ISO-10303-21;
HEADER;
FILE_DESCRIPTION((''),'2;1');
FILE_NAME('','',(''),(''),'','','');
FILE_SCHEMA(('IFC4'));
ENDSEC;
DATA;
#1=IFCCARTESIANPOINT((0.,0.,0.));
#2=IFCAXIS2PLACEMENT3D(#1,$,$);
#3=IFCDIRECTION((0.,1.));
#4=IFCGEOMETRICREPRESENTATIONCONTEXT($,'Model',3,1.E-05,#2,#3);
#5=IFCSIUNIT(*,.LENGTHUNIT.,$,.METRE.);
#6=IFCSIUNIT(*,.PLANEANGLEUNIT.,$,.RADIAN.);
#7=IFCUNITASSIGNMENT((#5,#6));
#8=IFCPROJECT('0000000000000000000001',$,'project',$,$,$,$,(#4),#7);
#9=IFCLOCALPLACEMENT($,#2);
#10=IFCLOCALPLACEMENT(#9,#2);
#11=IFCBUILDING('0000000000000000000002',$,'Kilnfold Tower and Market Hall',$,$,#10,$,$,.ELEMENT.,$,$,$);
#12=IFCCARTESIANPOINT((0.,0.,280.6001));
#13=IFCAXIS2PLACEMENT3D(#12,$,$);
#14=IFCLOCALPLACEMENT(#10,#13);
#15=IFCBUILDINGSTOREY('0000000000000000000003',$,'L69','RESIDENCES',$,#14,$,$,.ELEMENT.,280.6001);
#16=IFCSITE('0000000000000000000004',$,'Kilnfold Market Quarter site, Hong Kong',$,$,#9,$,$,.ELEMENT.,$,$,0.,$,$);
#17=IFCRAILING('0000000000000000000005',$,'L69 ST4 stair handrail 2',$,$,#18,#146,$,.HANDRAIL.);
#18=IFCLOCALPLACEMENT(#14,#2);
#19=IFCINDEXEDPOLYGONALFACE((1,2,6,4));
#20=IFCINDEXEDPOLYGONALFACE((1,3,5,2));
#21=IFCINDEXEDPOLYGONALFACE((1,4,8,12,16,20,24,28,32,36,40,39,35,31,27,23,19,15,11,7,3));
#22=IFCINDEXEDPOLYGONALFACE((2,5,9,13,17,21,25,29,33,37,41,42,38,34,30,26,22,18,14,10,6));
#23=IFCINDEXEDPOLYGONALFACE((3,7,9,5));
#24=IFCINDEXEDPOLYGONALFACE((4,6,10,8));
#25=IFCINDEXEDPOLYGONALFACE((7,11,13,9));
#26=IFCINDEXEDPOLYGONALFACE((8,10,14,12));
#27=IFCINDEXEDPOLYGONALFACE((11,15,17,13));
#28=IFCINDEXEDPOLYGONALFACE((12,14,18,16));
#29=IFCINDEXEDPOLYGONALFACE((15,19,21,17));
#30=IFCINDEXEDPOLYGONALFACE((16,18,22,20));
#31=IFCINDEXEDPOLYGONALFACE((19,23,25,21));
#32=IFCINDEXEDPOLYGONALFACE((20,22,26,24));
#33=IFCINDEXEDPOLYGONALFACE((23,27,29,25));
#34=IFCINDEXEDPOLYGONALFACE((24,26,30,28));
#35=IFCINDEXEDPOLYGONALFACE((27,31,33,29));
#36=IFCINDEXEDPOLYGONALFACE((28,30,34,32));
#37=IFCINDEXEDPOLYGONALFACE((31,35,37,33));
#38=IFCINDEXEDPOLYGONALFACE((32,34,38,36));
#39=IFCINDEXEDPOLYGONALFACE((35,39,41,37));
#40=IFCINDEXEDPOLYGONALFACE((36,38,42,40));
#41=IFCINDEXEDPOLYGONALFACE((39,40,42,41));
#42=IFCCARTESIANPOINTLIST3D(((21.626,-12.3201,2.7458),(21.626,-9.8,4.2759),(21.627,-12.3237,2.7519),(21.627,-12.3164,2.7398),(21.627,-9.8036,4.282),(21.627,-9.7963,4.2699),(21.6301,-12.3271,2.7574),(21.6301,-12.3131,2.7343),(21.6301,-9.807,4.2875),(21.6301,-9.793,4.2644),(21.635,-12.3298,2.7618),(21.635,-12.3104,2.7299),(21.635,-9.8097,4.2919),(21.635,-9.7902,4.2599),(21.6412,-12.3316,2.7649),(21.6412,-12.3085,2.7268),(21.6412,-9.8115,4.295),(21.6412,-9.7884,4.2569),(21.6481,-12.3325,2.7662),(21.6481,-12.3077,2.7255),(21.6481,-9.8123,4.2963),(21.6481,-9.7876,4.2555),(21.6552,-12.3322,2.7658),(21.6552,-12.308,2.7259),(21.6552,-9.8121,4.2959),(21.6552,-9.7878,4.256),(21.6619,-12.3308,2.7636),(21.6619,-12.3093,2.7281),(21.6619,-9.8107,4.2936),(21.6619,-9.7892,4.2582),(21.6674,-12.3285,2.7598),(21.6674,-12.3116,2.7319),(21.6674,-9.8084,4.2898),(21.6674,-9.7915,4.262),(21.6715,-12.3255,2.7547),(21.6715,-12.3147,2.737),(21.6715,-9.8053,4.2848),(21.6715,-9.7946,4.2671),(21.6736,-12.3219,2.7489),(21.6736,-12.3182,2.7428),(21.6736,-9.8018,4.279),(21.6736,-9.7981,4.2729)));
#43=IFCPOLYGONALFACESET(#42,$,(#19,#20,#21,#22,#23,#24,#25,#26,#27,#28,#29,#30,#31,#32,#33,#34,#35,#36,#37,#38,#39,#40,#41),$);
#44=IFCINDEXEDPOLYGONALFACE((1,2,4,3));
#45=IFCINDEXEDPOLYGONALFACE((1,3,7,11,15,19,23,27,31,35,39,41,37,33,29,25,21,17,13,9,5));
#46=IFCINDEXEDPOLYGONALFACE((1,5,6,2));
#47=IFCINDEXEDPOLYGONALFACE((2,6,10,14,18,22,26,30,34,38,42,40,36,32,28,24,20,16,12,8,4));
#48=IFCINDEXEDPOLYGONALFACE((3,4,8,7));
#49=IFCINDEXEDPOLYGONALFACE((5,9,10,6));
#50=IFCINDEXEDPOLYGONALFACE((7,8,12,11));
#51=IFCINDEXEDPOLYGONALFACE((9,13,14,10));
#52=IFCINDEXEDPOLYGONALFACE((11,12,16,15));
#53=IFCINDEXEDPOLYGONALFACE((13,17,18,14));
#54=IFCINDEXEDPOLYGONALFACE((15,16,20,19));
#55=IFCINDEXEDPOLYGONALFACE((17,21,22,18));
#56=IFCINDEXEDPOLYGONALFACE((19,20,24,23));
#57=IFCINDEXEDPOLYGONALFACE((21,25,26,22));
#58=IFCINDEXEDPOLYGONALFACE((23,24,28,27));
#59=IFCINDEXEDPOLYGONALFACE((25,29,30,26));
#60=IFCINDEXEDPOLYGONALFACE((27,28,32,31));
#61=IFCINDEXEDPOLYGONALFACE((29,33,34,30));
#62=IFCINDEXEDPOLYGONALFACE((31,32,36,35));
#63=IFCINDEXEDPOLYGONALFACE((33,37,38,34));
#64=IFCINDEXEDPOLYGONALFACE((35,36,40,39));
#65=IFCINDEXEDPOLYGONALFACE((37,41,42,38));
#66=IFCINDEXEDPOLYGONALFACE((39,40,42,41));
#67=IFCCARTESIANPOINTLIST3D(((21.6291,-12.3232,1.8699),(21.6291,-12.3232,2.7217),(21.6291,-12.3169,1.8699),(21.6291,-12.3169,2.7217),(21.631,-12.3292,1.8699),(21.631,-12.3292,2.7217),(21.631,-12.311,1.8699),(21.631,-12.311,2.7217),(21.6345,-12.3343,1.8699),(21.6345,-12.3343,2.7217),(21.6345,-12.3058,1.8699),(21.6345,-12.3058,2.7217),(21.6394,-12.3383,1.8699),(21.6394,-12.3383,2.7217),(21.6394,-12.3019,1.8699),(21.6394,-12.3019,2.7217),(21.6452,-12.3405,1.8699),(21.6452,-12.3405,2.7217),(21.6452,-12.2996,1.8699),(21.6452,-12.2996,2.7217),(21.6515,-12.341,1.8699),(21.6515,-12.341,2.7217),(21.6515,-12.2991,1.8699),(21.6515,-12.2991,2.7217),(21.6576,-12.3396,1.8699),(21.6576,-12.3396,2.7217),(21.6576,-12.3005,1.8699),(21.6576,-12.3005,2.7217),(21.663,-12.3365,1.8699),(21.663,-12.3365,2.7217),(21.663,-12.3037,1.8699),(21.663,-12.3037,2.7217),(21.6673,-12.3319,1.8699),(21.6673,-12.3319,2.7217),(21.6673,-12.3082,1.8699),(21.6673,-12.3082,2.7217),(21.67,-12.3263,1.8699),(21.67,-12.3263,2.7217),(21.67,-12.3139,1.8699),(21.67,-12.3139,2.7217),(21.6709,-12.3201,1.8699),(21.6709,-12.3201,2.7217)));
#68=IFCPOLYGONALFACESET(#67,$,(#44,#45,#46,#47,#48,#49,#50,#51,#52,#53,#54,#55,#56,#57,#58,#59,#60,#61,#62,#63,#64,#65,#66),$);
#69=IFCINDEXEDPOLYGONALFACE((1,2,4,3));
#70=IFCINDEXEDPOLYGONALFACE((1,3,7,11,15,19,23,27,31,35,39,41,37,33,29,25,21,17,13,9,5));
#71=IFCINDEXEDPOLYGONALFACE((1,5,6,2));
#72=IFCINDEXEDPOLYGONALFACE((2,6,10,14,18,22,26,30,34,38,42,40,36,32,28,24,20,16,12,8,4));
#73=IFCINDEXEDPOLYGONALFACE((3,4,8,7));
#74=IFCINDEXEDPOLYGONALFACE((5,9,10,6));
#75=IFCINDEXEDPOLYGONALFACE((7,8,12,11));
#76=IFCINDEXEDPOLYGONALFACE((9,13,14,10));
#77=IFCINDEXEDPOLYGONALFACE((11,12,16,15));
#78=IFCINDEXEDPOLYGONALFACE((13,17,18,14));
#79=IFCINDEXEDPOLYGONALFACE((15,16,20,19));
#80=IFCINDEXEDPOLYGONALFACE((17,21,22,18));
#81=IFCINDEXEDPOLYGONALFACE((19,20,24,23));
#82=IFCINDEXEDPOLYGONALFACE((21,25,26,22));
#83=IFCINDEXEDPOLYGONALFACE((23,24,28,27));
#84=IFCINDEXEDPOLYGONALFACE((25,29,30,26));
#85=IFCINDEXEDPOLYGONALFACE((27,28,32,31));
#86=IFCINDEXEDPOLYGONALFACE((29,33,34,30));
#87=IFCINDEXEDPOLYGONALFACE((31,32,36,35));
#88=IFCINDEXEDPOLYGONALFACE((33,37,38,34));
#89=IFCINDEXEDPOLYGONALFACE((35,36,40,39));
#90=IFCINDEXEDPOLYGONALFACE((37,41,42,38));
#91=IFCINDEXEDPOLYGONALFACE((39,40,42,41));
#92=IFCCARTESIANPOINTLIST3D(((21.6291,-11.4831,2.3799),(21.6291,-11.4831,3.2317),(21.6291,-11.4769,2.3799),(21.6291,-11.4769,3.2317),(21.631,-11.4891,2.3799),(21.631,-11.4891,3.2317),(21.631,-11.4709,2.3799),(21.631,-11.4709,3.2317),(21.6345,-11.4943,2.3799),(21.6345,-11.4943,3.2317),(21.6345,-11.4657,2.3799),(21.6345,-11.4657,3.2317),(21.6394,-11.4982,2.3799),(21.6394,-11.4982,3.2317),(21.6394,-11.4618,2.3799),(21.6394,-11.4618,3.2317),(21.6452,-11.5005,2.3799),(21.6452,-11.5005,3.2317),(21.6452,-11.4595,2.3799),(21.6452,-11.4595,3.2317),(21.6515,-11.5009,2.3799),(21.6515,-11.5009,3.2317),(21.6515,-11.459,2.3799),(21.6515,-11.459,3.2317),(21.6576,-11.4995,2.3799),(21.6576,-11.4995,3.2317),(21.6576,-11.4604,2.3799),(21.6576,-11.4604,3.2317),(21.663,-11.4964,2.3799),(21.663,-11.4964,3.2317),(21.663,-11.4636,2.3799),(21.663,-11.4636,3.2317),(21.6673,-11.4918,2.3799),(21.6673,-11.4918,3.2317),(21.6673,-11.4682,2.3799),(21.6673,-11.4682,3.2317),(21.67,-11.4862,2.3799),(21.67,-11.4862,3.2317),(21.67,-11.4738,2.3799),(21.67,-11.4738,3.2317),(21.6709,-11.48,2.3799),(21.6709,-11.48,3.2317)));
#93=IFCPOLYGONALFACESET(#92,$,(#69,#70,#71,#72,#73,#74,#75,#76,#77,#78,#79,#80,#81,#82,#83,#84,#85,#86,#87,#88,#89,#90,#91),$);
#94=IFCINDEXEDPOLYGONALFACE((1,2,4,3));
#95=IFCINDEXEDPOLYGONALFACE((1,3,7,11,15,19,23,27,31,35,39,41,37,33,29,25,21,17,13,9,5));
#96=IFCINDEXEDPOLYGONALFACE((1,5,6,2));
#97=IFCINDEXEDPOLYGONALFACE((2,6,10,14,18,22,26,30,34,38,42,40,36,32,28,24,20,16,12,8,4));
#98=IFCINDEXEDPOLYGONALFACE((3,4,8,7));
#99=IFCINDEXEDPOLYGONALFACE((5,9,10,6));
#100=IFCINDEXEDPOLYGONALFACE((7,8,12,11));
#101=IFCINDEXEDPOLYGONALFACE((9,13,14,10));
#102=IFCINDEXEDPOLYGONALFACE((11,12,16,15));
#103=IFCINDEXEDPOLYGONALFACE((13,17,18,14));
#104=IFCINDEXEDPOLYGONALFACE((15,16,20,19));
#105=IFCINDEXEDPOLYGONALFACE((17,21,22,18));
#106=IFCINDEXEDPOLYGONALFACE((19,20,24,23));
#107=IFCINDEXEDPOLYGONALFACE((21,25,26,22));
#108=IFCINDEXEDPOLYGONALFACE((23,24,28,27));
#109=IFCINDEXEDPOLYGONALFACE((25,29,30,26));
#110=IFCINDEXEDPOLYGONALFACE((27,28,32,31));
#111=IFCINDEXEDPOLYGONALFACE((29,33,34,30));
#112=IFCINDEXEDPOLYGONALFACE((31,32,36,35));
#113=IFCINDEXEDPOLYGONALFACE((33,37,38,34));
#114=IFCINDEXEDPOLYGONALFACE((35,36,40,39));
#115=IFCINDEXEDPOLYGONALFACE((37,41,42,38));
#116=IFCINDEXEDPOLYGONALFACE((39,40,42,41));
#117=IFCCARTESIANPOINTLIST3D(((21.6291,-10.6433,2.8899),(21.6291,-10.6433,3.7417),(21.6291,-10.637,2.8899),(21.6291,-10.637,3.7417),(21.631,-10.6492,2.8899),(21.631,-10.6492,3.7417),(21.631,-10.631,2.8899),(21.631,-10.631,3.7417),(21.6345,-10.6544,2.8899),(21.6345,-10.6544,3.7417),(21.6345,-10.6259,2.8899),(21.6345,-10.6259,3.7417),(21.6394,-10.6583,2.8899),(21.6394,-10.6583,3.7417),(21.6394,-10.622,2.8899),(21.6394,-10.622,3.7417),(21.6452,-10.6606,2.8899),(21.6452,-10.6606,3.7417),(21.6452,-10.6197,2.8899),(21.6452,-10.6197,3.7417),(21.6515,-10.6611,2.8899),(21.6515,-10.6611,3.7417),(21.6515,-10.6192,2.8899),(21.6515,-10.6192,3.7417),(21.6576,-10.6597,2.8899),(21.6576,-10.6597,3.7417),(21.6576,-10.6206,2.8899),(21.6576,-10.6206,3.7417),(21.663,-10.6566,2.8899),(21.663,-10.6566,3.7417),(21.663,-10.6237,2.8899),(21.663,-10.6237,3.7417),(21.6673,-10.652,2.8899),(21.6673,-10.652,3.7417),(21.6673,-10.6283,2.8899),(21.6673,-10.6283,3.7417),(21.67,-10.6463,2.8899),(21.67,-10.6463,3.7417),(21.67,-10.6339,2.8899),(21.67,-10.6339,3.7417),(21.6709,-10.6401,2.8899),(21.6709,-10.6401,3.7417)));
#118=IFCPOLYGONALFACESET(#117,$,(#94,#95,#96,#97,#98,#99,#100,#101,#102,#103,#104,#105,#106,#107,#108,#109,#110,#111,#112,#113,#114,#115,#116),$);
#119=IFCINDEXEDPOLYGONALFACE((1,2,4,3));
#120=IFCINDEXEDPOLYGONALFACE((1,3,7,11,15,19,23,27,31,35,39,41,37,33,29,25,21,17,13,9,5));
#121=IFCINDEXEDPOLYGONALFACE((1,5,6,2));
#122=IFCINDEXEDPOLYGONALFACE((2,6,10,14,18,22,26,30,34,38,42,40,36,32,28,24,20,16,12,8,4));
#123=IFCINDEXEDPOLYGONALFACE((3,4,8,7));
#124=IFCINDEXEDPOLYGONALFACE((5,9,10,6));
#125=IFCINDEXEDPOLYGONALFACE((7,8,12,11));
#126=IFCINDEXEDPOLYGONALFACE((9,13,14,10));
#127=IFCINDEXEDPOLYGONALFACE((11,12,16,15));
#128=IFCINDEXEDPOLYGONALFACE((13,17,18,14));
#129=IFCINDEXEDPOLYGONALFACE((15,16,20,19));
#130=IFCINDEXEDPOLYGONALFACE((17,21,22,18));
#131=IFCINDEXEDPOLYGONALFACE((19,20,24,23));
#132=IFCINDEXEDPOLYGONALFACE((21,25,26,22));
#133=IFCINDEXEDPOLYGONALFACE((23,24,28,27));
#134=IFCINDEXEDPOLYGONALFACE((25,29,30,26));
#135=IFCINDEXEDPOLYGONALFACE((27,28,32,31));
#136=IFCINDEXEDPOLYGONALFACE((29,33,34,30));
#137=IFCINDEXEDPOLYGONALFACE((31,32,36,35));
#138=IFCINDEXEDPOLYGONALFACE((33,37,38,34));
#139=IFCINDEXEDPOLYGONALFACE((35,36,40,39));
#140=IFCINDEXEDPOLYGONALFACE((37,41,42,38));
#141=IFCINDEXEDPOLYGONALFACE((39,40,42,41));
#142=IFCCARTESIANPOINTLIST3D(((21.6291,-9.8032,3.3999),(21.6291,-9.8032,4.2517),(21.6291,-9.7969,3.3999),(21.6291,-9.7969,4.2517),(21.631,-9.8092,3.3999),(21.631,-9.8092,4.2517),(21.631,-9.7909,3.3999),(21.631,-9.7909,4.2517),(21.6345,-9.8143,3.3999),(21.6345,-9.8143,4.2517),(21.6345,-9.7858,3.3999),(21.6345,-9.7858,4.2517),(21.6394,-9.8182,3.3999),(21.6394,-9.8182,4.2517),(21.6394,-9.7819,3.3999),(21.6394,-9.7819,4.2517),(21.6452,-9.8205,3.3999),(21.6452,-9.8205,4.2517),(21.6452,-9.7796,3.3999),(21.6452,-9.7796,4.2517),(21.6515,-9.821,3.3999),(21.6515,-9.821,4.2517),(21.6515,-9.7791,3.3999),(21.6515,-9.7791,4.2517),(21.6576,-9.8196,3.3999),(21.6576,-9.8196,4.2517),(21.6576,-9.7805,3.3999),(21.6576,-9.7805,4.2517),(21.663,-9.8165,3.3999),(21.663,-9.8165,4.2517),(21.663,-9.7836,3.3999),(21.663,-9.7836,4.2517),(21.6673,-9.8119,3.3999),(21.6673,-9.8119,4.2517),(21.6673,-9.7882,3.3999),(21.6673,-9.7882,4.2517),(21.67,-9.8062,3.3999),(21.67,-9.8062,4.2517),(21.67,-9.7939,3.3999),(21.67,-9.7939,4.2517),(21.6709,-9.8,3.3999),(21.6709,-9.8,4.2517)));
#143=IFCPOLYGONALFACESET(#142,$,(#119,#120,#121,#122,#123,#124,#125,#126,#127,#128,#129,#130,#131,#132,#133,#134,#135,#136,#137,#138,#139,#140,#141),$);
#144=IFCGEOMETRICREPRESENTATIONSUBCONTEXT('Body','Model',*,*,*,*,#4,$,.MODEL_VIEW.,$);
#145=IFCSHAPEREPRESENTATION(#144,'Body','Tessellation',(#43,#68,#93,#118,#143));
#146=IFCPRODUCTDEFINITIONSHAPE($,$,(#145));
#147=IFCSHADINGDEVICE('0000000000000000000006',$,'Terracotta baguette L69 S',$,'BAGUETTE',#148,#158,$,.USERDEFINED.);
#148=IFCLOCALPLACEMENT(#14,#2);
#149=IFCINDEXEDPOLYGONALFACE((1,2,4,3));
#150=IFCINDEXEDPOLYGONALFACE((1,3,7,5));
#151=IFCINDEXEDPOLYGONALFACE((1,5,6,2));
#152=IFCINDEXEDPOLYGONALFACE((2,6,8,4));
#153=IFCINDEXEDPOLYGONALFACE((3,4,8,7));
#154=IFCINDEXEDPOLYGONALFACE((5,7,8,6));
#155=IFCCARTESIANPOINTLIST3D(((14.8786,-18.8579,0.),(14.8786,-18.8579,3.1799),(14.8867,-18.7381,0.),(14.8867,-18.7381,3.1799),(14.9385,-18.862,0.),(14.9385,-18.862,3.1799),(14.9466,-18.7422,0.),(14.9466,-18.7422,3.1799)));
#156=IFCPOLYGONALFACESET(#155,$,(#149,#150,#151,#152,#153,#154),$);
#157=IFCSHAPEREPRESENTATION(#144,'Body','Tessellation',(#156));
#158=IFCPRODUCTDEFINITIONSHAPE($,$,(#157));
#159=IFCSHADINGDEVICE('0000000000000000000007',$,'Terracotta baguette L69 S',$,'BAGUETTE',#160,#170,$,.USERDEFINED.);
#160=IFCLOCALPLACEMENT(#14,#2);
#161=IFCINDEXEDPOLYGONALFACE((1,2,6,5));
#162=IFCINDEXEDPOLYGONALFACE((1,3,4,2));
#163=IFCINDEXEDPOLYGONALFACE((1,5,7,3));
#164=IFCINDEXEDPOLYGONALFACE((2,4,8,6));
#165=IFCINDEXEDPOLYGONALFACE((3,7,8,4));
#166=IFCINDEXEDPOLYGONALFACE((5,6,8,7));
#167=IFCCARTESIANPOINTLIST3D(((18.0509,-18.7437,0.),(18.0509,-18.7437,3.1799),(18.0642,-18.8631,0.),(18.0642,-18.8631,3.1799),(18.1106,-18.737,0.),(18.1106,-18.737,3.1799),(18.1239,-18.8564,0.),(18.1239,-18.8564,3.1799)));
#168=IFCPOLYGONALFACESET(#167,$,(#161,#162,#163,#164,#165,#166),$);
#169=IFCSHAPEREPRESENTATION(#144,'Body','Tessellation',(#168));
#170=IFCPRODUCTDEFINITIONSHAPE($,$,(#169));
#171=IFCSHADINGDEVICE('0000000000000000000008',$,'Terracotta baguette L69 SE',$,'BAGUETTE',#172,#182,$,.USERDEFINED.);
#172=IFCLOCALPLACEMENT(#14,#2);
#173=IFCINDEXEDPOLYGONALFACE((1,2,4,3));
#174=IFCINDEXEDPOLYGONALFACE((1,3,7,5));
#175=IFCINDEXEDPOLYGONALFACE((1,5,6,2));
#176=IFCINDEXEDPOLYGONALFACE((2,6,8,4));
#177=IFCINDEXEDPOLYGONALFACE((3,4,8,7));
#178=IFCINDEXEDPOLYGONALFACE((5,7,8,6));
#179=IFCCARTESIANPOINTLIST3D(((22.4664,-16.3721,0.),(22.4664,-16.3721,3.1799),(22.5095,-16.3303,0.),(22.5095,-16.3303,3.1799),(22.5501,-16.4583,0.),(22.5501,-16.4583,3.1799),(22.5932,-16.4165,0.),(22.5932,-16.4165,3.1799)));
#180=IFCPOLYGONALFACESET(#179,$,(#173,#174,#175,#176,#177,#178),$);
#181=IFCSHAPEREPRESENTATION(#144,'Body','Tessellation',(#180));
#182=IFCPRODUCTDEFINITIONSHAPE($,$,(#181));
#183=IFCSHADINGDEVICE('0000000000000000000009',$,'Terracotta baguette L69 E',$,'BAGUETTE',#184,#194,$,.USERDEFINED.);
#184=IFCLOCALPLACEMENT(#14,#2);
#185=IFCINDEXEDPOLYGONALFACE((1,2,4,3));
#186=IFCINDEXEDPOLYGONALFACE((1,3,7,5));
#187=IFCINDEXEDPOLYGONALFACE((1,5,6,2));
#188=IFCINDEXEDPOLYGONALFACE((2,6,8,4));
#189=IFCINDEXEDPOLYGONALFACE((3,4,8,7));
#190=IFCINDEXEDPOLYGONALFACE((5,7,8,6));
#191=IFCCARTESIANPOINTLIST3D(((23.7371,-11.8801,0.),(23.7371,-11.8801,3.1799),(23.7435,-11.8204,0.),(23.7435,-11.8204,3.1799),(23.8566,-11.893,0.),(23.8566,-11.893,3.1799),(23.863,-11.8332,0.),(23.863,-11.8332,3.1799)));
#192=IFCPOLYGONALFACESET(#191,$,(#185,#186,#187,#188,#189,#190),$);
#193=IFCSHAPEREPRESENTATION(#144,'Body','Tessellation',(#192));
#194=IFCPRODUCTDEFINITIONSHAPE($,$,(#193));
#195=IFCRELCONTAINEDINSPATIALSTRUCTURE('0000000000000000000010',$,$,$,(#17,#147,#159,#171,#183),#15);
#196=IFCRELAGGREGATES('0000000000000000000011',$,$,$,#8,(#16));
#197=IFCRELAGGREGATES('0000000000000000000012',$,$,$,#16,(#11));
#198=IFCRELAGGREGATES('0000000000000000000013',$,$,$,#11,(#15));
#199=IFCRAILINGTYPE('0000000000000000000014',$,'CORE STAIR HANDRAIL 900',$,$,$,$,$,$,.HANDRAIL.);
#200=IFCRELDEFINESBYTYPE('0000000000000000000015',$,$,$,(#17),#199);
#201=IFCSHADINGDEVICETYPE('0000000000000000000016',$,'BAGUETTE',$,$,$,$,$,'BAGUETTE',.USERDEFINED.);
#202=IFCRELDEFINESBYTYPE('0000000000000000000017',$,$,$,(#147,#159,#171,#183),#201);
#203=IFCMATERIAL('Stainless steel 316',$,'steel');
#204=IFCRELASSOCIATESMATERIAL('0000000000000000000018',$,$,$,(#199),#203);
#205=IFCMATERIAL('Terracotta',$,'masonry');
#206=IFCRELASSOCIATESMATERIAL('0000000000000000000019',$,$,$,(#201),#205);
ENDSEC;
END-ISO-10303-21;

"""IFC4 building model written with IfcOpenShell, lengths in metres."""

from ifc_helpers import new_model, si_unit, direction, frame, origin, origin_2d, place, context, subcontext, project, spatial, rectangle, circle, extrude, source, transform, mapped, material, material_profile, profile_set, type_object, element, save


model = new_model("IFC4")

# Units and contexts
model_context = context("Model", 3, precision=1e-05, world=origin(), true_north=direction((0.0, 1.0)))
body_context = subcontext(model_context, "Body", "Model", "MODEL_VIEW")
ifc_project = project(units=[si_unit("LENGTHUNIT", "METRE"), si_unit("PLANEANGLEUNIT", "RADIAN")], contexts=[model_context])

# Site, building, storey
site_placement = place(None, origin())
site = spatial("IfcSite", under=ifc_project, at=site_placement, Name="Kilnfold Market Quarter site, Hong Kong", CompositionType="ELEMENT", RefElevation=0.0)
building_placement = place(site_placement, origin())
building = spatial("IfcBuilding", under=site, at=building_placement, Name="Kilnfold Tower and Market Hall", CompositionType="ELEMENT")
storey_placement = place(building_placement, frame((0.0, 0.0, 280.6001)))
storey = spatial("IfcBuildingStorey", under=building, at=storey_placement, Name="L69", Description="RESIDENCES", CompositionType="ELEMENT", Elevation=280.6001)

# Railing
ifc_material_1 = material(Name="Stainless steel 316", Category="steel")
railing_type_1 = type_object("IfcRailingType", Name="CORE STAIR HANDRAIL 900", PredefinedType="HANDRAIL", material=ifc_material_1)
railing_1_placement = place(storey_placement, frame((21.6499, -12.3201, 1.8699)))
element("IfcRailing", 1, at=railing_1_placement, inside=storey, type_object=railing_type_1, Name="L69 ST4 stair handrail 2", PredefinedType="HANDRAIL", context=body_context, shape_type="SweptSolid", body=[
    extrude(circle(Radius=0.0239, at=origin_2d()), frame((0.0, 0.0, 0.876), z_axis=(0.0, 0.854785, 0.518982), x_axis=(-1.0, 0.0, 0.0)), (0.0, 0.0, 1.0), 2.9482),
    extrude(circle(Radius=0.021, at=origin_2d()), origin(), (0.0, 0.0, 1.0), 0.8518),
    extrude(circle(Radius=0.021, at=origin_2d()), frame((0.0, 0.8401, 0.51)), (0.0, 0.0, 1.0), 0.8518),
    extrude(circle(Radius=0.021, at=origin_2d()), frame((0.0, 1.6799, 1.02)), (0.0, 0.0, 1.0), 0.8518),
    extrude(circle(Radius=0.021, at=origin_2d()), frame((0.0, 2.52, 1.53)), (0.0, 0.0, 1.0), 0.8518),
])

# Shading devices
ifc_material_2 = material(Name="Terracotta", Category="masonry")
ifc_material_profile_1 = material_profile(ifc_material_2, rectangle(XDim=0.0601, YDim=0.1201, at=origin_2d()), Name="BAG 60x120")
ifc_profile_set_1 = profile_set([ifc_material_profile_1], Name="Terracotta")
shading_device_type = type_object("IfcShadingDeviceType", Name="BAGUETTE", ElementType="BAGUETTE", PredefinedType="USERDEFINED", material=ifc_profile_set_1)
shared_shape_1 = source(origin(), body_context, "Body", "SweptSolid", [
    extrude(rectangle(XDim=0.0601, YDim=0.1201, at=origin_2d()), origin(), (0.0, 0.0, 1.0), 3.1799),
])
for number, where, z_axis, x_axis, name in (
    (2, (14.9126, -18.8, 0.0), (0.0, 0.0, 1.0), (0.997718, -0.067516, 0.0), "Terracotta baguette L69 S"),
    (3, (18.0874, -18.8, 0.0), (0.0, 0.0, 1.0), (0.993838, 0.110843, 0.0), "Terracotta baguette L69 S"),
    (4, (22.5298, -16.3943, 0.0), (0.0, 0.0, 1.0), (0.717632, 0.696423, 0.0), "Terracotta baguette L69 SE"),
    (5, (23.8, -11.8567, 0.0), (0.0, 0.0, 1.0), (0.106781, 0.994283, 0.0), "Terracotta baguette L69 E"),
):
    element("IfcShadingDevice", number, at=place(storey_placement, frame(where, z_axis=z_axis, x_axis=x_axis)), inside=storey, type_object=shading_device_type, Name=name, ObjectType="BAGUETTE", PredefinedType="USERDEFINED", context=body_context, shape_type="MappedRepresentation", body=[
        mapped(shared_shape_1, transform((0.0, 0.0, 0.0))),
    ])

save(model, "model.ifc")
